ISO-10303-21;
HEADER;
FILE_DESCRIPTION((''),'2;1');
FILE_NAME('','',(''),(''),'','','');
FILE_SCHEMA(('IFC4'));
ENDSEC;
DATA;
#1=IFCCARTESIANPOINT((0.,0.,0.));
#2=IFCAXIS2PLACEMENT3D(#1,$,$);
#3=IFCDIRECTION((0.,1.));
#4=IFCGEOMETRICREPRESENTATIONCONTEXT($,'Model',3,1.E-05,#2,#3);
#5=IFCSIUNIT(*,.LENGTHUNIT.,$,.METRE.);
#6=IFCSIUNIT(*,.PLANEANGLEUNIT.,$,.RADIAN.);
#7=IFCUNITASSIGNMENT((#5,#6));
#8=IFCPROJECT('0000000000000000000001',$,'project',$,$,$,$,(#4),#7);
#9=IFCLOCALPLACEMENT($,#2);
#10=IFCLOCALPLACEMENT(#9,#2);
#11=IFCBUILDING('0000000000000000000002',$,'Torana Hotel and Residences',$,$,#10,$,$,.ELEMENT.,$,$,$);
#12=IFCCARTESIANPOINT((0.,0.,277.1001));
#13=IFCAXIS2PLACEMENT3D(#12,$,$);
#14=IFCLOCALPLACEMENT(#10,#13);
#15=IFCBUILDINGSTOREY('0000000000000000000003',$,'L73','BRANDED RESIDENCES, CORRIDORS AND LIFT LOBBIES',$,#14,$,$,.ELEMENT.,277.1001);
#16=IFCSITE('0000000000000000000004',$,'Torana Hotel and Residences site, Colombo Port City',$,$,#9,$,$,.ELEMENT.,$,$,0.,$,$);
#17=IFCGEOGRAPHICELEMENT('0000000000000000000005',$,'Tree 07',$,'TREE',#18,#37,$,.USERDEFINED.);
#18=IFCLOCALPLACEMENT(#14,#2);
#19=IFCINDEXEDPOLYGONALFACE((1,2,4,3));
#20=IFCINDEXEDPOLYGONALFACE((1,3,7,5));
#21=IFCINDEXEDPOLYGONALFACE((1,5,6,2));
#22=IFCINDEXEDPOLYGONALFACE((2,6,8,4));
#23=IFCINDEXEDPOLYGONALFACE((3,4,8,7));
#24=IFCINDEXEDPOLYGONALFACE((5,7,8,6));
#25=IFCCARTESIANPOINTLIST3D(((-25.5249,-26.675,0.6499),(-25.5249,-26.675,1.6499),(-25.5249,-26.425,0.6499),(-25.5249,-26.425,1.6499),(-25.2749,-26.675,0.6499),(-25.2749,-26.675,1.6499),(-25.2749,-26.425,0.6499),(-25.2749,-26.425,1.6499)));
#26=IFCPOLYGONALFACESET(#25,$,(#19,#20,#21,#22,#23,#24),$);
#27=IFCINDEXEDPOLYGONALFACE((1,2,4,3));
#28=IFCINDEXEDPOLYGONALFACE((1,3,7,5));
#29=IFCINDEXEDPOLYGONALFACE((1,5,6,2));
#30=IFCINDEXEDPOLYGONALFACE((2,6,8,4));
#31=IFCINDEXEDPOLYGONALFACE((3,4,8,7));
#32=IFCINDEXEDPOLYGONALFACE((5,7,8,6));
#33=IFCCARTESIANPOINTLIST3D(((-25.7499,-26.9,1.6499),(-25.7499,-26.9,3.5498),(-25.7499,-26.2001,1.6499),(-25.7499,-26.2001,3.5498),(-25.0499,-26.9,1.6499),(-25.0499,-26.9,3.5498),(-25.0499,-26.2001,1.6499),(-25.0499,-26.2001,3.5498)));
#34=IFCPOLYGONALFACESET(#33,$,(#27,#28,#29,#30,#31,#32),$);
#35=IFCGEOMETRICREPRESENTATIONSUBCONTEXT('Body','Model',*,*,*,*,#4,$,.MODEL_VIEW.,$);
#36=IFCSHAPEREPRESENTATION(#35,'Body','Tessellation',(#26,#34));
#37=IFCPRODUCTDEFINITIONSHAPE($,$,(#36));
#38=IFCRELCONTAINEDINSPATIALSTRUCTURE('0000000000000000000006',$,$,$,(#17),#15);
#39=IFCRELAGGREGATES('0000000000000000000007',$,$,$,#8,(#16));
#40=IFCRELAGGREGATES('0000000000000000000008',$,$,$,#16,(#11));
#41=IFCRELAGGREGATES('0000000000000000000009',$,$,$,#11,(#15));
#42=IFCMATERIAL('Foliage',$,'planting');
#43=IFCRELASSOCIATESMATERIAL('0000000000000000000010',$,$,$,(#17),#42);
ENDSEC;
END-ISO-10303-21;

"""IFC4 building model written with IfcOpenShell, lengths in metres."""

from ifc_helpers import new_model, si_unit, direction, frame, origin, origin_2d, place, context, subcontext, project, spatial, rectangle, extrude, material, element, save


model = new_model("IFC4")

# Units and contexts
model_context = context("Model", 3, precision=1e-05, world=origin(), true_north=direction((0.0, 1.0)))
body_context = subcontext(model_context, "Body", "Model", "MODEL_VIEW")
ifc_project = project(units=[si_unit("LENGTHUNIT", "METRE"), si_unit("PLANEANGLEUNIT", "RADIAN")], contexts=[model_context])

# Site, building, storey
site_placement = place(None, origin())
site = spatial("IfcSite", under=ifc_project, at=site_placement, Name="Torana Hotel and Residences site, Colombo Port City", CompositionType="ELEMENT", RefElevation=0.0)
building_placement = place(site_placement, origin())
building = spatial("IfcBuilding", under=site, at=building_placement, Name="Torana Hotel and Residences", CompositionType="ELEMENT")
storey_placement = place(building_placement, frame((0.0, 0.0, 277.1001)))
storey = spatial("IfcBuildingStorey", under=building, at=storey_placement, Name="L73", Description="BRANDED RESIDENCES, CORRIDORS AND LIFT LOBBIES", CompositionType="ELEMENT", Elevation=277.1001)

# Geographic element
ifc_material_1 = material(Name="Foliage", Category="planting")
geographic_element_placement = place(storey_placement, frame((-25.3999, -26.55, 0.6499), z_axis=(0.0, 0.0, 1.0), x_axis=(1.0, 0.0, 0.0)))
element("IfcGeographicElement", 1, at=geographic_element_placement, inside=storey, material=ifc_material_1, Name="Tree 07", ObjectType="TREE", PredefinedType="USERDEFINED", context=body_context, shape_type="SweptSolid", body=[
    extrude(rectangle(XDim=0.25, YDim=0.25, at=origin_2d()), origin(), (0.0, 0.0, 1.0), 1.0),
    extrude(rectangle(XDim=0.7, YDim=0.7, at=origin_2d()), frame((0.0, 0.0, 1.0)), (0.0, 0.0, 1.0), 1.8999),
])

save(model, "model.ifc")
